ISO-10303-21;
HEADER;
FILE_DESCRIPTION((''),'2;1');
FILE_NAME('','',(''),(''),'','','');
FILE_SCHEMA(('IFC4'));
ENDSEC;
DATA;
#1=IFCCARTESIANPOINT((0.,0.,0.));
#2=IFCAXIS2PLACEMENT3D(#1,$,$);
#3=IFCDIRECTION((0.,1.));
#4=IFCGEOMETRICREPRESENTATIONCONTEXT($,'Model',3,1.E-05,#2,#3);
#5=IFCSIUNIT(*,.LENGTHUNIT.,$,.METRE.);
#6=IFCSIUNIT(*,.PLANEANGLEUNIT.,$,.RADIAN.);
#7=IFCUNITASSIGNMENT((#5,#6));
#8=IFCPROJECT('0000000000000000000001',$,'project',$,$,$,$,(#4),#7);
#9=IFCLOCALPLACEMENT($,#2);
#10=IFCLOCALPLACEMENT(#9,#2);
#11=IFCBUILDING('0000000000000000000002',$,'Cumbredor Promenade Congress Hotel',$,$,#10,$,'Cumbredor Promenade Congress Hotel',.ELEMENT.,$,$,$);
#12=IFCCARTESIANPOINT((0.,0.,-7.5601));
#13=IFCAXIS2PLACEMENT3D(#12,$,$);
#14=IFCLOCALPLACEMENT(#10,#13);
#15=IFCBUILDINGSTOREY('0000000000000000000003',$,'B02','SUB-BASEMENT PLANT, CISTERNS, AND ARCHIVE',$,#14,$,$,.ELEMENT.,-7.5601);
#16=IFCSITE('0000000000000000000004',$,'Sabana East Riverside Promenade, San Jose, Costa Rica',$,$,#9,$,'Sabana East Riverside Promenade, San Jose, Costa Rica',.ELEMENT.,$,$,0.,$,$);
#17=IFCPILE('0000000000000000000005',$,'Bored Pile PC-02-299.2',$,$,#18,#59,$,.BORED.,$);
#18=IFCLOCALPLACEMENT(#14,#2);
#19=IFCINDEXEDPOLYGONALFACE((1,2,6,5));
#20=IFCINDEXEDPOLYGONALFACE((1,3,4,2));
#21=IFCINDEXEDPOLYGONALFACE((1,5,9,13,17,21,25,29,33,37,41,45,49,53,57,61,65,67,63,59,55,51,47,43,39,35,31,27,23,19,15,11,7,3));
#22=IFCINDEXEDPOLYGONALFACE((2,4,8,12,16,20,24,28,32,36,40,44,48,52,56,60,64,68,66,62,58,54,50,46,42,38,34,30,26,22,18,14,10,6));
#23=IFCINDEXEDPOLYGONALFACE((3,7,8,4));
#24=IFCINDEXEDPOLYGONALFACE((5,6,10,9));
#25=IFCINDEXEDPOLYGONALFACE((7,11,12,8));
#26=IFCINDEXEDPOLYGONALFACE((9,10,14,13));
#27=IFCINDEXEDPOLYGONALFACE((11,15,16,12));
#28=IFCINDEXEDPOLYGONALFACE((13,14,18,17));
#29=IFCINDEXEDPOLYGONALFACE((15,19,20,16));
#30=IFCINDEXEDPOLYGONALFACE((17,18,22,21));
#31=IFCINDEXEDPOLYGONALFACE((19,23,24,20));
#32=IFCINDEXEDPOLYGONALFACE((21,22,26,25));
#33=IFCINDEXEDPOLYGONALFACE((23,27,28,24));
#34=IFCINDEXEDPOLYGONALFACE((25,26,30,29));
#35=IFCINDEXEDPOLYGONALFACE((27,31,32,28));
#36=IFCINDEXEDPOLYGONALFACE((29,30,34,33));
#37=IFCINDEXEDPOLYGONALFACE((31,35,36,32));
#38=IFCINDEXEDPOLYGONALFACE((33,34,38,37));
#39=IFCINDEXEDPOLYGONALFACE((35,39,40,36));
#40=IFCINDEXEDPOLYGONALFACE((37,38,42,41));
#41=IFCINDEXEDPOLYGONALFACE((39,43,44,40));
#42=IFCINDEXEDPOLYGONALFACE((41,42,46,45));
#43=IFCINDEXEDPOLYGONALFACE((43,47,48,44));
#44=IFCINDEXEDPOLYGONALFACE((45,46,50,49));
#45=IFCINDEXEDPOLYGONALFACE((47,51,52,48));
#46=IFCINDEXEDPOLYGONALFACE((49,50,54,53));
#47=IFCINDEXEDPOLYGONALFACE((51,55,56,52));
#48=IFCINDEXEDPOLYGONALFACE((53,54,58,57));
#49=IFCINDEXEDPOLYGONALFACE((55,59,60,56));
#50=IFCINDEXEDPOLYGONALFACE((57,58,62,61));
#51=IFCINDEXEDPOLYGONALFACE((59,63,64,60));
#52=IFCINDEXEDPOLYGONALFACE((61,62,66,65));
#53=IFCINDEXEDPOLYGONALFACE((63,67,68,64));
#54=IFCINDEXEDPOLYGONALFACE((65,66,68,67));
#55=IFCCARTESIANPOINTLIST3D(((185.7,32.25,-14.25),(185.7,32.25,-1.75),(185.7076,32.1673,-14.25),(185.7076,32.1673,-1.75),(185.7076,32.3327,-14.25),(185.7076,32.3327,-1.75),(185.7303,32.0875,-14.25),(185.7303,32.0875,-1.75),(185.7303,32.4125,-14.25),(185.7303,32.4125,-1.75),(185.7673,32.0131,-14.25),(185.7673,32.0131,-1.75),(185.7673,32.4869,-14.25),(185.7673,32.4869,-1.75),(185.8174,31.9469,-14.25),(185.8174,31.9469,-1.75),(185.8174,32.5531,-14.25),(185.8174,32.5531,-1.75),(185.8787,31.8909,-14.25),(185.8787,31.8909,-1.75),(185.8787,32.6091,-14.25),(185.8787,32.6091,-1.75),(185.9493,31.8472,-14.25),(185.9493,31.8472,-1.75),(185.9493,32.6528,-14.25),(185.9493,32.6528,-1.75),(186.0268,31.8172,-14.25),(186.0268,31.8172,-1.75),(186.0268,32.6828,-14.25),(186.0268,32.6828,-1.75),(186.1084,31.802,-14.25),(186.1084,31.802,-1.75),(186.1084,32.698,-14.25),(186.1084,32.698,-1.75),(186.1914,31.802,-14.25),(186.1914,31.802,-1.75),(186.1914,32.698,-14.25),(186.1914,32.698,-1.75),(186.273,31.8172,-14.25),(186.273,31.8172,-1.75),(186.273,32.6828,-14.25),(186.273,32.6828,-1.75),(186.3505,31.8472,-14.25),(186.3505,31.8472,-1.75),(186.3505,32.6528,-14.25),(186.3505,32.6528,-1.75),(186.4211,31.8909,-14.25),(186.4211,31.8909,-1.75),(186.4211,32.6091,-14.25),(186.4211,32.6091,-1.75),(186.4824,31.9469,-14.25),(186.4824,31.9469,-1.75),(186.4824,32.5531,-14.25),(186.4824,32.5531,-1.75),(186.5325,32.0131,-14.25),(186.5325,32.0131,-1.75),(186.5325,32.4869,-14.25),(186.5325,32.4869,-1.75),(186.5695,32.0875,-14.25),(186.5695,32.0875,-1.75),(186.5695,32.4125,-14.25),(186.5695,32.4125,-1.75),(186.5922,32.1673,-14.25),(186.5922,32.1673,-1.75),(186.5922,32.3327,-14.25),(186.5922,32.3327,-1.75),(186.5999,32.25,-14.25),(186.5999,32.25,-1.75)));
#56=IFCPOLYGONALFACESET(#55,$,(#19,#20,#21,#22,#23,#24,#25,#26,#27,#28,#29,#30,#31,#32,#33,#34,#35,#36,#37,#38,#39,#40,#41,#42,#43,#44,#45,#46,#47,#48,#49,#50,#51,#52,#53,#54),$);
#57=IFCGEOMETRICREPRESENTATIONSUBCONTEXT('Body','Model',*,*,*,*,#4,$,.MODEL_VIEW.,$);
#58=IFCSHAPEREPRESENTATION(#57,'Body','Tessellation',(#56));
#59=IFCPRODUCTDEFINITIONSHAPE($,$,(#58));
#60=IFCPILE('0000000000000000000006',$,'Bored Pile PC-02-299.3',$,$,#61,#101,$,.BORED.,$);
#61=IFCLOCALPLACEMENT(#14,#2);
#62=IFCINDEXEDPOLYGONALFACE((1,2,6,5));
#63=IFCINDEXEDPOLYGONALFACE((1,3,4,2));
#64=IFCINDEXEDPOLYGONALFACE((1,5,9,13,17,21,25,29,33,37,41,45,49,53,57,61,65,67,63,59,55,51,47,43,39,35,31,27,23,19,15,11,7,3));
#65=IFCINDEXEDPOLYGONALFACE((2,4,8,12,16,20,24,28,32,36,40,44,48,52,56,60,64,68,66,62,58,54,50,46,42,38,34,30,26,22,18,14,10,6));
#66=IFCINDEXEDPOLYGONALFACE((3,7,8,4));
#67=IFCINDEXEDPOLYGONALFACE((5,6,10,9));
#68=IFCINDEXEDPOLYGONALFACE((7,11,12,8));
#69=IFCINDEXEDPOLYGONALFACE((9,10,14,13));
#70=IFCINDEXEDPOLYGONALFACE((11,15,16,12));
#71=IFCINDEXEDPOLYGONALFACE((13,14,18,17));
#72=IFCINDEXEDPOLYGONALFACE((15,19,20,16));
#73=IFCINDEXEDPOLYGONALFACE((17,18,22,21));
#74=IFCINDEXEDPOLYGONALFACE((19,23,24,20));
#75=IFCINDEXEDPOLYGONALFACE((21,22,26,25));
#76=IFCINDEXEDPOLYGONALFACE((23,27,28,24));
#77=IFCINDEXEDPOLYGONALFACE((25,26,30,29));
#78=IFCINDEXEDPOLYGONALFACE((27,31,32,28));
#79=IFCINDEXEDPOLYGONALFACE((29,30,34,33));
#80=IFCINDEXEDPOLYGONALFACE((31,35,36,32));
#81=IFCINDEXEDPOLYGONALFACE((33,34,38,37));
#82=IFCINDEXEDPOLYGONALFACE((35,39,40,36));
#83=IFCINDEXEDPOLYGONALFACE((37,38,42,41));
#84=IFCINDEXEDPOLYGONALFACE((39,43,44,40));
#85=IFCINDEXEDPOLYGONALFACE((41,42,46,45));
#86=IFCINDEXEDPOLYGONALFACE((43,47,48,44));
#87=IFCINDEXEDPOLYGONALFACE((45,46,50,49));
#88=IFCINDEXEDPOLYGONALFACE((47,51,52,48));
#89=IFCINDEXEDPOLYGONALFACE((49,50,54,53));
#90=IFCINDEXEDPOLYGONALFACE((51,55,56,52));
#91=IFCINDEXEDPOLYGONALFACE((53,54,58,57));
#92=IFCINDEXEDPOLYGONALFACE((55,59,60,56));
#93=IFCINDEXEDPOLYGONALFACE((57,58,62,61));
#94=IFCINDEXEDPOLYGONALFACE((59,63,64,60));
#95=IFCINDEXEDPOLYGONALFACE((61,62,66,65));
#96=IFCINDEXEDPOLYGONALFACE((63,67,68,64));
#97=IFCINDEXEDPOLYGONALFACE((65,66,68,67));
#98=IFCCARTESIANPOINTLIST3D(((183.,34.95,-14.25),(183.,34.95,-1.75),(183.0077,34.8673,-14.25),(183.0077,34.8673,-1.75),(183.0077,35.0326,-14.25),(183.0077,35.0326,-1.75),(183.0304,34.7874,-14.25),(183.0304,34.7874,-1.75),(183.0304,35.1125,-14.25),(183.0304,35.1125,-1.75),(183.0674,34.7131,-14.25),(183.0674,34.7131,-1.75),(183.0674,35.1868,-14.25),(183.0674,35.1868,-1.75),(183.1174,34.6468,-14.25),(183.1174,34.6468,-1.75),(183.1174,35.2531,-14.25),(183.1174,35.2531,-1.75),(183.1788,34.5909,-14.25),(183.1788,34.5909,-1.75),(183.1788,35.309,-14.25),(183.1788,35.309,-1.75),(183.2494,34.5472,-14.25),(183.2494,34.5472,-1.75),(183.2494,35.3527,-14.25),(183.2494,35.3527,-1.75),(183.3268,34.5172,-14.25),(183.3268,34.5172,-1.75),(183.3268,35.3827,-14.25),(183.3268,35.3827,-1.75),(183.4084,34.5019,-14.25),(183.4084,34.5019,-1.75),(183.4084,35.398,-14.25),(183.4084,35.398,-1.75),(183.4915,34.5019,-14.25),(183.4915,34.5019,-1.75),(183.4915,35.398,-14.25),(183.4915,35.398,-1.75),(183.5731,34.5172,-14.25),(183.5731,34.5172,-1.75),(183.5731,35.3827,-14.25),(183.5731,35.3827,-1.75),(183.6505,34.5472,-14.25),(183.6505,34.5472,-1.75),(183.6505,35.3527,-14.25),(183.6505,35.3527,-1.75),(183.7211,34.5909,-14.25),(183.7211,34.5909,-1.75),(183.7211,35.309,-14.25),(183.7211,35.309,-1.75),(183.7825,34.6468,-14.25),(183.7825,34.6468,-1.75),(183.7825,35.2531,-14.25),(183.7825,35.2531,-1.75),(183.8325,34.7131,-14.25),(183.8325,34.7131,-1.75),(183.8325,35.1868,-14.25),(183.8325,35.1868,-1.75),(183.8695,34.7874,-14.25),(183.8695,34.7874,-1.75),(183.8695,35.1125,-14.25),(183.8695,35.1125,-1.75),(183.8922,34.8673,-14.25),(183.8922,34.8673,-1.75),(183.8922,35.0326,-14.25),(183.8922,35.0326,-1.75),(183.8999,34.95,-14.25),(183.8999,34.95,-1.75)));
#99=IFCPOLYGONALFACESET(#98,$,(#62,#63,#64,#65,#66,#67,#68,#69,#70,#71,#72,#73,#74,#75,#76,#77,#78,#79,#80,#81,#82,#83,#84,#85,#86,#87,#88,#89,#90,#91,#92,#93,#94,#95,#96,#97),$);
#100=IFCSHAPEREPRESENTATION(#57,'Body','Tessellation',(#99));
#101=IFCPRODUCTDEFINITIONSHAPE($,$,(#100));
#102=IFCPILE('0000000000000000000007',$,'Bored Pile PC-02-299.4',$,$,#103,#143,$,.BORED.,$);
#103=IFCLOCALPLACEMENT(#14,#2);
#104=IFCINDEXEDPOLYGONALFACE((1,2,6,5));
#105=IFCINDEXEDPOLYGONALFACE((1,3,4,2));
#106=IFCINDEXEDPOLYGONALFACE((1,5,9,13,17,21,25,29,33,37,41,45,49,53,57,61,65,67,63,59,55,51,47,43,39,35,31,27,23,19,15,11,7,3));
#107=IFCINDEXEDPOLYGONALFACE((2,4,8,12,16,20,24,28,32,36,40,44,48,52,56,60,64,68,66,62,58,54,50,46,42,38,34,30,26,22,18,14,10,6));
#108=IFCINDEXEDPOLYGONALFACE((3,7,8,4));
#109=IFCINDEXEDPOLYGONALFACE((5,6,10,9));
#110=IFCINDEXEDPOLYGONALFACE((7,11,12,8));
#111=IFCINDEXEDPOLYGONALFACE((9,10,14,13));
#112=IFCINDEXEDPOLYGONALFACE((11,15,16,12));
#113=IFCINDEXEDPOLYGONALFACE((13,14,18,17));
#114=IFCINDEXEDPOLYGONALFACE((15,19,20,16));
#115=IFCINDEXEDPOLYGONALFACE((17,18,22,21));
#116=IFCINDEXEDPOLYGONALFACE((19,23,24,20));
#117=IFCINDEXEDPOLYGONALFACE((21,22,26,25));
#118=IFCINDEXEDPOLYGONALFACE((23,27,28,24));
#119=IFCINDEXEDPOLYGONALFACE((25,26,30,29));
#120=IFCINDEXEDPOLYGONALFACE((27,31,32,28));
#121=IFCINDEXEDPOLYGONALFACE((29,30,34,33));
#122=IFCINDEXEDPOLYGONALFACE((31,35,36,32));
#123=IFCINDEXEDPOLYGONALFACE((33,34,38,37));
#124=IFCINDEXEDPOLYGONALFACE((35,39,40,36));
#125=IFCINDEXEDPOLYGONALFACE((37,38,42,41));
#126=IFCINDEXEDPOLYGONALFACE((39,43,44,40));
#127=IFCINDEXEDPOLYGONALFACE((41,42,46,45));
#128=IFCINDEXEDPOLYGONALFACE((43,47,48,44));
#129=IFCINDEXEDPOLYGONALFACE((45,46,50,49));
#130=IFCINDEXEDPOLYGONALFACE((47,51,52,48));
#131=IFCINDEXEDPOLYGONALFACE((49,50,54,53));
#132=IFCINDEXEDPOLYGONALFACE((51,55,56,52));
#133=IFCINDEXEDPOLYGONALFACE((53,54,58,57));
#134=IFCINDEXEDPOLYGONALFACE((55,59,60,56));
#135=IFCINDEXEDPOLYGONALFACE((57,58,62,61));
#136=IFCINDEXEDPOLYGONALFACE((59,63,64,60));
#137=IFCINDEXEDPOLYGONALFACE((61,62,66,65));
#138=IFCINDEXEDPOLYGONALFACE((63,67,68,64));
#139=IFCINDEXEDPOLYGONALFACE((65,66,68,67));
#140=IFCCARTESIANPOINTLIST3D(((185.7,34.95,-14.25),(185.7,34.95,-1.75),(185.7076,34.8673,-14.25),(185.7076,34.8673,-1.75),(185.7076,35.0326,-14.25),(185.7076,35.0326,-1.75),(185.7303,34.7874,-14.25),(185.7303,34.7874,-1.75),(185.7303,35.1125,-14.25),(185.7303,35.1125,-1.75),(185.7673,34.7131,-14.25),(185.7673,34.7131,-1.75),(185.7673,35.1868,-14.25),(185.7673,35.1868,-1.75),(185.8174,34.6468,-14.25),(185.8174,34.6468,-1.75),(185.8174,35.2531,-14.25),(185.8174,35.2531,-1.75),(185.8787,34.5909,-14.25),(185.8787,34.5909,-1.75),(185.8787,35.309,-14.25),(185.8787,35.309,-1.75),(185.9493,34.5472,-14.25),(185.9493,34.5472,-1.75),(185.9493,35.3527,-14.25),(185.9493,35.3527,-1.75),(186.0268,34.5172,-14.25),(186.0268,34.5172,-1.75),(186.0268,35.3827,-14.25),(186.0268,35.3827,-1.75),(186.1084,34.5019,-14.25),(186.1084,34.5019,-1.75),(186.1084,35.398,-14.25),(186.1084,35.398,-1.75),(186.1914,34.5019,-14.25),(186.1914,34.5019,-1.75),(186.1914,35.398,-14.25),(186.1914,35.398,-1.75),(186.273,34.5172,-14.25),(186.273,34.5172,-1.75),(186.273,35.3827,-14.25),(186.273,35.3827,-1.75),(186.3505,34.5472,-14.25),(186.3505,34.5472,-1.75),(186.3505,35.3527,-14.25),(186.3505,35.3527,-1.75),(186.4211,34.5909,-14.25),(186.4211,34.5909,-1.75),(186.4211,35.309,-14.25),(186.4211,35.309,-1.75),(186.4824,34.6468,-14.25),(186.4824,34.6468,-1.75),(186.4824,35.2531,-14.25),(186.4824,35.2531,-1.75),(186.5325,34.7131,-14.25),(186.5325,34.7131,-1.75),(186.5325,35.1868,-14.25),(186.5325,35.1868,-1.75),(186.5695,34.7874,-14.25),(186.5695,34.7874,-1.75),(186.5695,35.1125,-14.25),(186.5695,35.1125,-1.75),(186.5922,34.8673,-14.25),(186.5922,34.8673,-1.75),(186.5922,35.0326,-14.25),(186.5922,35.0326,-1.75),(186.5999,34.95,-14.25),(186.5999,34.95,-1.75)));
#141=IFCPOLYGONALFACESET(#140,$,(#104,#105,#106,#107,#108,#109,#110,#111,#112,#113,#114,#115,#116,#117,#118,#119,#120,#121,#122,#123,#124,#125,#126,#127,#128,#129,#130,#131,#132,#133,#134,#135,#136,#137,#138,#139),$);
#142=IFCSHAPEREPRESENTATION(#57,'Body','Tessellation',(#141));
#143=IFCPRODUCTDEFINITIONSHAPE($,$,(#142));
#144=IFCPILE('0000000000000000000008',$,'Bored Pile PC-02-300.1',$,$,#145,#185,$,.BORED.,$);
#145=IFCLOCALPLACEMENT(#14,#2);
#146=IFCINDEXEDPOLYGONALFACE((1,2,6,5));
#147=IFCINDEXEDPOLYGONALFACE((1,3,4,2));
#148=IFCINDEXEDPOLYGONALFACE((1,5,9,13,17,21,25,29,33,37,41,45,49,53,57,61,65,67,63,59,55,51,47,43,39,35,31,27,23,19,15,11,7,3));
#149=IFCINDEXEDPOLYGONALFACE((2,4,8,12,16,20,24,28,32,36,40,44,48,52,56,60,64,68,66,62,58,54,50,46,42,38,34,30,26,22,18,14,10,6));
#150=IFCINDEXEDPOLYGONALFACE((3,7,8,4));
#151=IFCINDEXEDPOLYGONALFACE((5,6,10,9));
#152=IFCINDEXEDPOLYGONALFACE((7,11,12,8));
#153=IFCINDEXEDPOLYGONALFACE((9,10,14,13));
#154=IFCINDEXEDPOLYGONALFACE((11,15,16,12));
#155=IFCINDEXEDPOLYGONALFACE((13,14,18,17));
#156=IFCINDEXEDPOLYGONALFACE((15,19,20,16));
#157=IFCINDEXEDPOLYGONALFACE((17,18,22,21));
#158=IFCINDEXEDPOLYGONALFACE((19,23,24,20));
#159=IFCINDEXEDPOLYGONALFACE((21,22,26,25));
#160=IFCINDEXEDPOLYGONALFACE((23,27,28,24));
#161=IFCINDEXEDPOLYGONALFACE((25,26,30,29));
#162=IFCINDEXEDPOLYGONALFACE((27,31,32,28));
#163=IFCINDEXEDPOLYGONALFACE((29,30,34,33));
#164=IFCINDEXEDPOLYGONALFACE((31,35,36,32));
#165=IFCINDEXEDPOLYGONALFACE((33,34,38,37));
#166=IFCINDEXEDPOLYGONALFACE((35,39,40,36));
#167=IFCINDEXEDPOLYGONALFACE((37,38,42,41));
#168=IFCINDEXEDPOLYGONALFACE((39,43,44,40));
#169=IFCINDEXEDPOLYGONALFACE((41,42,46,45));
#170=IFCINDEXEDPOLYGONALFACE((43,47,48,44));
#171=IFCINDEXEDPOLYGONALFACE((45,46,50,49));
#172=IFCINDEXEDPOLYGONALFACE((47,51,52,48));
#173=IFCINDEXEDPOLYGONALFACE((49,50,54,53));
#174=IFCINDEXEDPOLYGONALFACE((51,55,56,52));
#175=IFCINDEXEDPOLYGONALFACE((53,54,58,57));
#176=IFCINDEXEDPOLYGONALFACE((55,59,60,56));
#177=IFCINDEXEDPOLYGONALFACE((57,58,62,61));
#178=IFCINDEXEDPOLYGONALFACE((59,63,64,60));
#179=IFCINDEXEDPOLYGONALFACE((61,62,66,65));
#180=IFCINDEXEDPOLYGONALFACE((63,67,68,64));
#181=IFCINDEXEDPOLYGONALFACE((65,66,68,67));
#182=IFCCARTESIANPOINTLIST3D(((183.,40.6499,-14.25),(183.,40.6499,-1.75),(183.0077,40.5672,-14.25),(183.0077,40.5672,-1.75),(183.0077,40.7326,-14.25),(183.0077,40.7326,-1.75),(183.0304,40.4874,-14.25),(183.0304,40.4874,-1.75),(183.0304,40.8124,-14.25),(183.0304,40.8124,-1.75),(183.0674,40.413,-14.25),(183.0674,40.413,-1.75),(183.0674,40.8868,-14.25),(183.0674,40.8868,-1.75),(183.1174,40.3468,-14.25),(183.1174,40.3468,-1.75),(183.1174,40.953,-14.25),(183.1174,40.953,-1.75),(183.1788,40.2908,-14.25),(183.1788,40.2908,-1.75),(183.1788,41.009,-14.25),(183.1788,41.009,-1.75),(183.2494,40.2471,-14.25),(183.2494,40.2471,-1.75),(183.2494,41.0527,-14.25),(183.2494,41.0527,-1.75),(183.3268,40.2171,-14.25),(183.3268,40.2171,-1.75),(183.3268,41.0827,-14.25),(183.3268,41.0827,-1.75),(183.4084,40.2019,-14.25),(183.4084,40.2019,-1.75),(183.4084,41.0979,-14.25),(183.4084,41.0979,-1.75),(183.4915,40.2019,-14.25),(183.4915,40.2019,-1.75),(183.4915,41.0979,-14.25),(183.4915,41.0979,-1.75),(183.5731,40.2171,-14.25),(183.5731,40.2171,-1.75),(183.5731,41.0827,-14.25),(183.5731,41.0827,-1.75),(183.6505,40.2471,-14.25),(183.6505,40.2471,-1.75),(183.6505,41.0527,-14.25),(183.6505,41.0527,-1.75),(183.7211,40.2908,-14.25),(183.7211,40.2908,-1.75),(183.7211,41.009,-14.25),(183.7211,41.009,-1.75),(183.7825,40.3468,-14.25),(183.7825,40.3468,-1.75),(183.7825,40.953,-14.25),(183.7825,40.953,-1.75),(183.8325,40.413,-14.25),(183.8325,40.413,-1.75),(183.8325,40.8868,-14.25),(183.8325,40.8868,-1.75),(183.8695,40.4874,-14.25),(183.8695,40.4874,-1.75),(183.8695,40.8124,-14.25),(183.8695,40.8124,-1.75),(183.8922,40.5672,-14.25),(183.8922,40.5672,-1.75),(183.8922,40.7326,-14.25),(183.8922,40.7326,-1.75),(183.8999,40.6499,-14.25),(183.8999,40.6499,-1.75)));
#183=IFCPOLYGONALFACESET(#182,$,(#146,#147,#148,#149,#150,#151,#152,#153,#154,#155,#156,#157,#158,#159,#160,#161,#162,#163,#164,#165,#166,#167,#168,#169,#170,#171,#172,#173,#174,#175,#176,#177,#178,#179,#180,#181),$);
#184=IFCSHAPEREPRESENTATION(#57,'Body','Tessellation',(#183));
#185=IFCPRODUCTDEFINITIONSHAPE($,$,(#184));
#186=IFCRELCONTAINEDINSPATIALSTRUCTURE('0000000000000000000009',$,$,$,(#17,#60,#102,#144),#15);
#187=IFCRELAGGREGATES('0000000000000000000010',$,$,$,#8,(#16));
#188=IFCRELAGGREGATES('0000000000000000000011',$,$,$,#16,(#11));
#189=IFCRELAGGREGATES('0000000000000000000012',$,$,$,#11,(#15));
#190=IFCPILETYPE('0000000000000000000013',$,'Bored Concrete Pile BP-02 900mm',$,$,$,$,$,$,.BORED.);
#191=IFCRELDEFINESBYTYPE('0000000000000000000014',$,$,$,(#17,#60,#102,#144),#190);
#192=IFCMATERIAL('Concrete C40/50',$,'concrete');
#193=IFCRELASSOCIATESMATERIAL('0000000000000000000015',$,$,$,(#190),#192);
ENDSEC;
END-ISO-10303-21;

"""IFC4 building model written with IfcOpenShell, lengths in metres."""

from ifc_helpers import new_model, si_unit, direction, frame, origin, origin_2d, place, context, subcontext, project, spatial, circle, extrude, material, material_profile, profile_set, type_object, element, save


model = new_model("IFC4")

# Units and contexts
model_context = context("Model", 3, precision=1e-05, world=origin(), true_north=direction((0.0, 1.0)))
body_context = subcontext(model_context, "Body", "Model", "MODEL_VIEW")
ifc_project = project(units=[si_unit("LENGTHUNIT", "METRE"), si_unit("PLANEANGLEUNIT", "RADIAN")], contexts=[model_context])

# Site, building, storey
site_placement = place(None, origin())
site = spatial("IfcSite", under=ifc_project, at=site_placement, Name="Sabana East Riverside Promenade, San Jose, Costa Rica", LongName="Sabana East Riverside Promenade, San Jose, Costa Rica", CompositionType="ELEMENT", RefElevation=0.0)
building_placement = place(site_placement, origin())
building = spatial("IfcBuilding", under=site, at=building_placement, Name="Cumbredor Promenade Congress Hotel", LongName="Cumbredor Promenade Congress Hotel", CompositionType="ELEMENT")
storey_placement = place(building_placement, frame((0.0, 0.0, -7.5601)))
storey = spatial("IfcBuildingStorey", under=building, at=storey_placement, Name="B02", Description="SUB-BASEMENT PLANT, CISTERNS, AND ARCHIVE", CompositionType="ELEMENT", Elevation=-7.5601)

# Piles
ifc_material_1 = material(Name="Concrete C40/50", Category="concrete")
ifc_material_profile_1 = material_profile(ifc_material_1, circle(Radius=0.45, at=origin_2d()), Name="PILE D900")
ifc_profile_set_1 = profile_set([ifc_material_profile_1], Name="Concrete C40/50")
pile_type = type_object("IfcPileType", Name="Bored Concrete Pile BP-02 900mm", PredefinedType="BORED", material=ifc_profile_set_1)
for number, where, z_axis, x_axis, name in (
    (1, (186.1499, 32.25, -1.75), (0.0, 0.0, -1.0), (1.0, 0.0, 0.0), "Bored Pile PC-02-299.2"),
    (2, (183.45, 34.95, -1.75), (0.0, 0.0, -1.0), (1.0, 0.0, 0.0), "Bored Pile PC-02-299.3"),
    (3, (186.1499, 34.95, -1.75), (0.0, 0.0, -1.0), (1.0, 0.0, 0.0), "Bored Pile PC-02-299.4"),
    (4, (183.45, 40.6499, -1.75), (0.0, 0.0, -1.0), (1.0, 0.0, 0.0), "Bored Pile PC-02-300.1"),
):
    element("IfcPile", number, at=place(storey_placement, frame(where, z_axis=z_axis, x_axis=x_axis)), inside=storey, type_object=pile_type, Name=name, PredefinedType="BORED", context=body_context, shape_type="SweptSolid", body=[
        extrude(circle(Radius=0.45, at=origin_2d()), origin(), (0.0, 0.0, 1.0), 12.5),
    ])

save(model, "model.ifc")
